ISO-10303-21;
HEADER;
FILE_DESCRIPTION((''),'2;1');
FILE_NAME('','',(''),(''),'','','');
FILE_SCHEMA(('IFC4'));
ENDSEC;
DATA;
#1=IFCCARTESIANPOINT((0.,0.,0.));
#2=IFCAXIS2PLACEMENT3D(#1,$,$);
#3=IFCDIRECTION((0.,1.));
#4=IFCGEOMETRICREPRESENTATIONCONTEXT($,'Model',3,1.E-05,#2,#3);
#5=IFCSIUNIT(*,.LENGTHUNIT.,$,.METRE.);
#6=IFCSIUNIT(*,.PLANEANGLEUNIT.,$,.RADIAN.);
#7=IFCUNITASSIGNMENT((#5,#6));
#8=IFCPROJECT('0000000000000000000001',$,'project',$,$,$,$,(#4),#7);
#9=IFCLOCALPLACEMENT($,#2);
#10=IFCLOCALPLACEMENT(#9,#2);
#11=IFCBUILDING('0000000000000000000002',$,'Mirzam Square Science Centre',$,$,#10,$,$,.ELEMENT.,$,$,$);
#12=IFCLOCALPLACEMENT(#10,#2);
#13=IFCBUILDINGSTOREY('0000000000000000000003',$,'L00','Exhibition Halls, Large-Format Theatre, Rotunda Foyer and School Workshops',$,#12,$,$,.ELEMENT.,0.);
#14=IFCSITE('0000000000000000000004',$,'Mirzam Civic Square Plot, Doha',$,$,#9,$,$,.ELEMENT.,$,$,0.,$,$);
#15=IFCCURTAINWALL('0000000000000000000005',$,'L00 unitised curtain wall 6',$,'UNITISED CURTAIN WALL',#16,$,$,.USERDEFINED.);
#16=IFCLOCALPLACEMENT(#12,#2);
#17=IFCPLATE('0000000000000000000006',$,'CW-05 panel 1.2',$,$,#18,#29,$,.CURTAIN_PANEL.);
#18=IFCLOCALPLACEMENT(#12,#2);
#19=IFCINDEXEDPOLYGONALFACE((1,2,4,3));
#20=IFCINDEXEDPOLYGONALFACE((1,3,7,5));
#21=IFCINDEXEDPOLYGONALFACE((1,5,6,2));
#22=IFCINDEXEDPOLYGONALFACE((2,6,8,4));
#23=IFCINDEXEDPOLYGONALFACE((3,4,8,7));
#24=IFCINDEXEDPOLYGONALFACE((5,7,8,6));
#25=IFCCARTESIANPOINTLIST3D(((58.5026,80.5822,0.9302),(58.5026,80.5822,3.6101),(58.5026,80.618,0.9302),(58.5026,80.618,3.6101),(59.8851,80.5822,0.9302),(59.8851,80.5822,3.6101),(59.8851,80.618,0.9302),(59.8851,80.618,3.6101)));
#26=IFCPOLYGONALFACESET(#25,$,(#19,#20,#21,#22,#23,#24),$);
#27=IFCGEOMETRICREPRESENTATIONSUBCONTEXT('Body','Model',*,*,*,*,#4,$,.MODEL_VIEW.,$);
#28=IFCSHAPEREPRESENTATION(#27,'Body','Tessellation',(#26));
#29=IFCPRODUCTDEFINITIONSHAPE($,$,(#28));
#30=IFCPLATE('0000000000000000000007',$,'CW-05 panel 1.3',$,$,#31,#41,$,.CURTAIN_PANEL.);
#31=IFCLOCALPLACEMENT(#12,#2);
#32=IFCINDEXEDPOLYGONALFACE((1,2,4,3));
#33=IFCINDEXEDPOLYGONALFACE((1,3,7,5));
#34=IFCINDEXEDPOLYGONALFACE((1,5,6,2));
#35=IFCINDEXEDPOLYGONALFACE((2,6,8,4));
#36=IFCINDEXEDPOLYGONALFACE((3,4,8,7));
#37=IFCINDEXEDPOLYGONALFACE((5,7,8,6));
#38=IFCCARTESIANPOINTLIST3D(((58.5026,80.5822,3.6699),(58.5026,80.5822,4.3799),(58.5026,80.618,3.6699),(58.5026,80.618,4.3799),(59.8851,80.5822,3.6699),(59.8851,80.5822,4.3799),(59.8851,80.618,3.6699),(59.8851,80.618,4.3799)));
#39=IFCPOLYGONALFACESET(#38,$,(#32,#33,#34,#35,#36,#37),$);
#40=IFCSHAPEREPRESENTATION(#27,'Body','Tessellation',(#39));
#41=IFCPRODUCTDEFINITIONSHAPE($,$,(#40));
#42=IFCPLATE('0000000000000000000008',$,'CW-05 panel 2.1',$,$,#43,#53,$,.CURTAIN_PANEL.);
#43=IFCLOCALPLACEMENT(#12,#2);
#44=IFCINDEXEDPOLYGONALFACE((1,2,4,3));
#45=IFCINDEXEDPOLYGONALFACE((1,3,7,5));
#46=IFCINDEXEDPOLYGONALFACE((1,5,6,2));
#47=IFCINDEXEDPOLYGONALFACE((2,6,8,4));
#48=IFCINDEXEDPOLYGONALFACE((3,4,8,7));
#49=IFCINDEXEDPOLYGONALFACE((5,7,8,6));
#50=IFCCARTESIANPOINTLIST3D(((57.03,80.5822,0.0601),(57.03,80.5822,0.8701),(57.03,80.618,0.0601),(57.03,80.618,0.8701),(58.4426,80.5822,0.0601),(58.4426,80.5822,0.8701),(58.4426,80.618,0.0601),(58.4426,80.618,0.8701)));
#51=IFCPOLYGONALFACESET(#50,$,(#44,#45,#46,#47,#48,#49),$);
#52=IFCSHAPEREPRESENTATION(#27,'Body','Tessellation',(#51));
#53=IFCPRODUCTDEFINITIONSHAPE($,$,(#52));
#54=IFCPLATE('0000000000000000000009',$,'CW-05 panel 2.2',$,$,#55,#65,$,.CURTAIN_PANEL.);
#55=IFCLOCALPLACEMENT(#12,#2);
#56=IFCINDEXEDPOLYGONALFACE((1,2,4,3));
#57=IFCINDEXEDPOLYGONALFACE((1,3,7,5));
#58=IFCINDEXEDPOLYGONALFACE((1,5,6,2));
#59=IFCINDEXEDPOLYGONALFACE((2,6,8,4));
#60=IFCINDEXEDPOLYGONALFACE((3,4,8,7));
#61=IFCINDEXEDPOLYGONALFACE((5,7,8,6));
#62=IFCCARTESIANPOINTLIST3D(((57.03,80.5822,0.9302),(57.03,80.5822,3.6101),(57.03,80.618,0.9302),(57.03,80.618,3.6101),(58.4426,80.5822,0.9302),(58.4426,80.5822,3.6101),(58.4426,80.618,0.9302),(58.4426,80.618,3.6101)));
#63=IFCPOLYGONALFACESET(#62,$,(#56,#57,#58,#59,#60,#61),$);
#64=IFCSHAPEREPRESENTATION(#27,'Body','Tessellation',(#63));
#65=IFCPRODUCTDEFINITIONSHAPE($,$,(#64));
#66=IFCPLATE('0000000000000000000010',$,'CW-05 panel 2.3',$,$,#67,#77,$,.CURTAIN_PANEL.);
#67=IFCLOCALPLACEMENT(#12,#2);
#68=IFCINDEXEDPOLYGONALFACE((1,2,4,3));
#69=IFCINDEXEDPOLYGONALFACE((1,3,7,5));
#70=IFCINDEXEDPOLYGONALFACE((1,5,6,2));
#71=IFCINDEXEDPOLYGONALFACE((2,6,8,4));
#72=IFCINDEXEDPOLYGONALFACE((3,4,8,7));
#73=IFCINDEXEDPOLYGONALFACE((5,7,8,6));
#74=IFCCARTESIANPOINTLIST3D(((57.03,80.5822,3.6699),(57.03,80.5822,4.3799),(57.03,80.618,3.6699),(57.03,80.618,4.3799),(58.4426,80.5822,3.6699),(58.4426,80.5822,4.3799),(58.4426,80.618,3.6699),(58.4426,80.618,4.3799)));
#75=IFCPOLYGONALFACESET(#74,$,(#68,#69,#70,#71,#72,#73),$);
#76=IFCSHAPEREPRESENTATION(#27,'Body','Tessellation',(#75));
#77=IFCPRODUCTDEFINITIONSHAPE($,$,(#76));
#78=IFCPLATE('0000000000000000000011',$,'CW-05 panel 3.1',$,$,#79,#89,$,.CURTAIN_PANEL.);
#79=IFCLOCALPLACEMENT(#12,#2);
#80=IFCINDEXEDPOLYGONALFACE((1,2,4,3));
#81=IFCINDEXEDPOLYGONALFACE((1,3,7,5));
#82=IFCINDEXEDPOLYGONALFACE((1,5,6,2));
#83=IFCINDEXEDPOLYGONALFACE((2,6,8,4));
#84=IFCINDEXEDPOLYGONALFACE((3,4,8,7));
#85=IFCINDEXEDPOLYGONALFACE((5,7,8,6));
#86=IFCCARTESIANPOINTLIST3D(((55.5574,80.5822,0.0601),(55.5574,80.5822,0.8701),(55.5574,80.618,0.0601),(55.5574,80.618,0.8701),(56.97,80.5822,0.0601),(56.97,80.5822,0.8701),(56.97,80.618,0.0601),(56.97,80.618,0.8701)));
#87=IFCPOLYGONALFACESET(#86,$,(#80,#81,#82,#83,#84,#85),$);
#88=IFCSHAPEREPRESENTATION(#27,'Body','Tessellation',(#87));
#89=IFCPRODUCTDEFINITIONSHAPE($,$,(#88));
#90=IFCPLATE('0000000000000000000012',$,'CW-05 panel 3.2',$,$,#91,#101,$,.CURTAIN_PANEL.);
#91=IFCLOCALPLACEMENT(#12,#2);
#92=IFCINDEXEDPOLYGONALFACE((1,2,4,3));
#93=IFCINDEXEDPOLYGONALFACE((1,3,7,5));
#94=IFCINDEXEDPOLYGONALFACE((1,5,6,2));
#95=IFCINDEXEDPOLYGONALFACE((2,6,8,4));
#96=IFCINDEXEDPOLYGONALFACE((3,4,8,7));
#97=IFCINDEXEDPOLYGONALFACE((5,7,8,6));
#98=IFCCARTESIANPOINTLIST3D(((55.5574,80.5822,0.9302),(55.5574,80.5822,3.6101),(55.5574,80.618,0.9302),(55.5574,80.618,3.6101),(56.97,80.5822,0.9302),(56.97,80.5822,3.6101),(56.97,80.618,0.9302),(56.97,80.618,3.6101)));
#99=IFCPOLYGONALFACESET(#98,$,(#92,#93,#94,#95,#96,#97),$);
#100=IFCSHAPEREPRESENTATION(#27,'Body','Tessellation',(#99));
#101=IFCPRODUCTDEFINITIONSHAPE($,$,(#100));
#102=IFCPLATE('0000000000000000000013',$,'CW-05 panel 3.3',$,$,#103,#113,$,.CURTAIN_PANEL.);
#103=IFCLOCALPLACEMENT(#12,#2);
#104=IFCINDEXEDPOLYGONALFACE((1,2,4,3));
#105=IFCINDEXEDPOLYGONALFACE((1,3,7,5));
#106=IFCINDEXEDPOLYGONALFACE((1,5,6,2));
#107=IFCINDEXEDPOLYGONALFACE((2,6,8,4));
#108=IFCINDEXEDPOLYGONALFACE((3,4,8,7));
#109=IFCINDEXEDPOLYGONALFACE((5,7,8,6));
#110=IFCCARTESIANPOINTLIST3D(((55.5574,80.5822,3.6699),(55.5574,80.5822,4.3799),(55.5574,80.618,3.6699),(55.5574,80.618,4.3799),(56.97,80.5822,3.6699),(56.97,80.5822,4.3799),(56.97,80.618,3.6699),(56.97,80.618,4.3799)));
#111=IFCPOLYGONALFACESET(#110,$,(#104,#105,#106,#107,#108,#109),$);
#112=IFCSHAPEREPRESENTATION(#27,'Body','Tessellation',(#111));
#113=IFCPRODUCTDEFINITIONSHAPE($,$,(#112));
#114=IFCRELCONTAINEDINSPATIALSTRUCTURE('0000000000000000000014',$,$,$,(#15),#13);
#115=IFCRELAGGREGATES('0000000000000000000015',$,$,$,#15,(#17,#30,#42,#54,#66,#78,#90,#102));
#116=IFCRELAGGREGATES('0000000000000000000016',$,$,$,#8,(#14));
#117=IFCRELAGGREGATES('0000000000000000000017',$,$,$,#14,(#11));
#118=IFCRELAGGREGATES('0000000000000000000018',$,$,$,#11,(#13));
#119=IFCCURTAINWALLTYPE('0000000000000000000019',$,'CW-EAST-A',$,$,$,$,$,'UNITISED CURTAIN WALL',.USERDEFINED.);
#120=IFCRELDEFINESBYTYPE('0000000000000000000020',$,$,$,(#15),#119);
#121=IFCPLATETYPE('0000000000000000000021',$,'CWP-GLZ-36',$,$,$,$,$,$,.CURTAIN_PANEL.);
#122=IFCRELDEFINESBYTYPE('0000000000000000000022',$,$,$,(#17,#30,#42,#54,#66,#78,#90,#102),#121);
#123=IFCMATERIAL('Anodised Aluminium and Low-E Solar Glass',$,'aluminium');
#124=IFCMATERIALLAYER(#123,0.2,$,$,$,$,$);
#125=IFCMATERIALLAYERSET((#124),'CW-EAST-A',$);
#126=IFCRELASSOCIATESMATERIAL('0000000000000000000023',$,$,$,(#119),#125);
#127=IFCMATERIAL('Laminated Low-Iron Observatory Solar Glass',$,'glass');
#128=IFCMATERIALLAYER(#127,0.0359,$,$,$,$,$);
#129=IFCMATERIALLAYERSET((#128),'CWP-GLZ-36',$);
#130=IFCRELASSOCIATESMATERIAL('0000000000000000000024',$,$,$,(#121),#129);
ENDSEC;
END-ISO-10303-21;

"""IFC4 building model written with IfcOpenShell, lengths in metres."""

from ifc_helpers import new_model, si_unit, direction, frame, origin, origin_2d, place, context, subcontext, project, spatial, rectangle, extrude, material, layer, layer_set, type_object, element, aggregate, save


model = new_model("IFC4")

# Units and contexts
model_context = context("Model", 3, precision=1e-05, world=origin(), true_north=direction((0.0, 1.0)))
body_context = subcontext(model_context, "Body", "Model", "MODEL_VIEW")
ifc_project = project(units=[si_unit("LENGTHUNIT", "METRE"), si_unit("PLANEANGLEUNIT", "RADIAN")], contexts=[model_context])

# Site, building, storey
site_placement = place(None, origin())
site = spatial("IfcSite", under=ifc_project, at=site_placement, Name="Mirzam Civic Square Plot, Doha", CompositionType="ELEMENT", RefElevation=0.0)
building_placement = place(site_placement, origin())
building = spatial("IfcBuilding", under=site, at=building_placement, Name="Mirzam Square Science Centre", CompositionType="ELEMENT")
storey_placement = place(building_placement, origin())
storey = spatial("IfcBuildingStorey", under=building, at=storey_placement, Name="L00", Description="Exhibition Halls, Large-Format Theatre, Rotunda Foyer and School Workshops", CompositionType="ELEMENT", Elevation=0.0)

# Curtain wall, plates
ifc_material_1 = material(Name="Anodised Aluminium and Low-E Solar Glass", Category="aluminium")
ifc_layer_1 = layer(ifc_material_1, 0.2)
ifc_layer_set_1 = layer_set([ifc_layer_1], Name="CW-EAST-A")
curtain_wall_type = type_object("IfcCurtainWallType", Name="CW-EAST-A", ElementType="UNITISED CURTAIN WALL", PredefinedType="USERDEFINED", material=ifc_layer_set_1)
curtain_wall_placement = place(storey_placement, origin())
curtain_wall = element("IfcCurtainWall", 1, at=curtain_wall_placement, inside=storey, type_object=curtain_wall_type, Name="L00 unitised curtain wall 6", ObjectType="UNITISED CURTAIN WALL", PredefinedType="USERDEFINED")
ifc_material_2 = material(Name="Laminated Low-Iron Observatory Solar Glass", Category="glass")
ifc_layer_2 = layer(ifc_material_2, 0.0359)
ifc_layer_set_2 = layer_set([ifc_layer_2], Name="CWP-GLZ-36")
plate_type = type_object("IfcPlateType", Name="CWP-GLZ-36", PredefinedType="CURTAIN_PANEL", material=ifc_layer_set_2)
plate_1_placement = place(storey_placement, frame((59.1938, 80.6001, 0.9302), z_axis=(0.0, 0.0, 1.0), x_axis=(-1.0, 0.0, 0.0)))
plate_1 = element("IfcPlate", 2, at=plate_1_placement, type_object=plate_type, Name="CW-05 panel 1.2", PredefinedType="CURTAIN_PANEL", context=body_context, shape_type="SweptSolid", body=[
    extrude(rectangle(XDim=1.3826, YDim=0.0359, at=origin_2d()), origin(), (0.0, 0.0, 1.0), 2.6799),
])
plate_2_placement = place(storey_placement, frame((59.1938, 80.6001, 3.6699), z_axis=(0.0, 0.0, 1.0), x_axis=(-1.0, 0.0, 0.0)))
plate_2 = element("IfcPlate", 3, at=plate_2_placement, type_object=plate_type, Name="CW-05 panel 1.3", PredefinedType="CURTAIN_PANEL", context=body_context, shape_type="SweptSolid", body=[
    extrude(rectangle(XDim=1.3826, YDim=0.0359, at=origin_2d()), origin(), (0.0, 0.0, 1.0), 0.71),
])
plate_3_placement = place(storey_placement, frame((57.7363, 80.6001, 0.0601), z_axis=(0.0, 0.0, 1.0), x_axis=(-1.0, 0.0, 0.0)))
plate_3 = element("IfcPlate", 4, at=plate_3_placement, type_object=plate_type, Name="CW-05 panel 2.1", PredefinedType="CURTAIN_PANEL", context=body_context, shape_type="SweptSolid", body=[
    extrude(rectangle(XDim=1.4126, YDim=0.0359, at=origin_2d()), origin(), (0.0, 0.0, 1.0), 0.8101),
])
plate_4_placement = place(storey_placement, frame((57.7363, 80.6001, 0.9302), z_axis=(0.0, 0.0, 1.0), x_axis=(-1.0, 0.0, 0.0)))
plate_4 = element("IfcPlate", 5, at=plate_4_placement, type_object=plate_type, Name="CW-05 panel 2.2", PredefinedType="CURTAIN_PANEL", context=body_context, shape_type="SweptSolid", body=[
    extrude(rectangle(XDim=1.4126, YDim=0.0359, at=origin_2d()), origin(), (0.0, 0.0, 1.0), 2.6799),
])
plate_5_placement = place(storey_placement, frame((57.7363, 80.6001, 3.6699), z_axis=(0.0, 0.0, 1.0), x_axis=(-1.0, 0.0, 0.0)))
plate_5 = element("IfcPlate", 6, at=plate_5_placement, type_object=plate_type, Name="CW-05 panel 2.3", PredefinedType="CURTAIN_PANEL", context=body_context, shape_type="SweptSolid", body=[
    extrude(rectangle(XDim=1.4126, YDim=0.0359, at=origin_2d()), origin(), (0.0, 0.0, 1.0), 0.71),
])
plate_6_placement = place(storey_placement, frame((56.2637, 80.6001, 0.0601), z_axis=(0.0, 0.0, 1.0), x_axis=(-1.0, 0.0, 0.0)))
plate_6 = element("IfcPlate", 7, at=plate_6_placement, type_object=plate_type, Name="CW-05 panel 3.1", PredefinedType="CURTAIN_PANEL", context=body_context, shape_type="SweptSolid", body=[
    extrude(rectangle(XDim=1.4126, YDim=0.0359, at=origin_2d()), origin(), (0.0, 0.0, 1.0), 0.8101),
])
plate_7_placement = place(storey_placement, frame((56.2637, 80.6001, 0.9302), z_axis=(0.0, 0.0, 1.0), x_axis=(-1.0, 0.0, 0.0)))
plate_7 = element("IfcPlate", 8, at=plate_7_placement, type_object=plate_type, Name="CW-05 panel 3.2", PredefinedType="CURTAIN_PANEL", context=body_context, shape_type="SweptSolid", body=[
    extrude(rectangle(XDim=1.4126, YDim=0.0359, at=origin_2d()), origin(), (0.0, 0.0, 1.0), 2.6799),
])
plate_8_placement = place(storey_placement, frame((56.2637, 80.6001, 3.6699), z_axis=(0.0, 0.0, 1.0), x_axis=(-1.0, 0.0, 0.0)))
plate_8 = element("IfcPlate", 9, at=plate_8_placement, type_object=plate_type, Name="CW-05 panel 3.3", PredefinedType="CURTAIN_PANEL", context=body_context, shape_type="SweptSolid", body=[
    extrude(rectangle(XDim=1.4126, YDim=0.0359, at=origin_2d()), origin(), (0.0, 0.0, 1.0), 0.71),
])
aggregate(curtain_wall, [plate_1, plate_2, plate_3, plate_4, plate_5, plate_6, plate_7, plate_8])

save(model, "model.ifc")
